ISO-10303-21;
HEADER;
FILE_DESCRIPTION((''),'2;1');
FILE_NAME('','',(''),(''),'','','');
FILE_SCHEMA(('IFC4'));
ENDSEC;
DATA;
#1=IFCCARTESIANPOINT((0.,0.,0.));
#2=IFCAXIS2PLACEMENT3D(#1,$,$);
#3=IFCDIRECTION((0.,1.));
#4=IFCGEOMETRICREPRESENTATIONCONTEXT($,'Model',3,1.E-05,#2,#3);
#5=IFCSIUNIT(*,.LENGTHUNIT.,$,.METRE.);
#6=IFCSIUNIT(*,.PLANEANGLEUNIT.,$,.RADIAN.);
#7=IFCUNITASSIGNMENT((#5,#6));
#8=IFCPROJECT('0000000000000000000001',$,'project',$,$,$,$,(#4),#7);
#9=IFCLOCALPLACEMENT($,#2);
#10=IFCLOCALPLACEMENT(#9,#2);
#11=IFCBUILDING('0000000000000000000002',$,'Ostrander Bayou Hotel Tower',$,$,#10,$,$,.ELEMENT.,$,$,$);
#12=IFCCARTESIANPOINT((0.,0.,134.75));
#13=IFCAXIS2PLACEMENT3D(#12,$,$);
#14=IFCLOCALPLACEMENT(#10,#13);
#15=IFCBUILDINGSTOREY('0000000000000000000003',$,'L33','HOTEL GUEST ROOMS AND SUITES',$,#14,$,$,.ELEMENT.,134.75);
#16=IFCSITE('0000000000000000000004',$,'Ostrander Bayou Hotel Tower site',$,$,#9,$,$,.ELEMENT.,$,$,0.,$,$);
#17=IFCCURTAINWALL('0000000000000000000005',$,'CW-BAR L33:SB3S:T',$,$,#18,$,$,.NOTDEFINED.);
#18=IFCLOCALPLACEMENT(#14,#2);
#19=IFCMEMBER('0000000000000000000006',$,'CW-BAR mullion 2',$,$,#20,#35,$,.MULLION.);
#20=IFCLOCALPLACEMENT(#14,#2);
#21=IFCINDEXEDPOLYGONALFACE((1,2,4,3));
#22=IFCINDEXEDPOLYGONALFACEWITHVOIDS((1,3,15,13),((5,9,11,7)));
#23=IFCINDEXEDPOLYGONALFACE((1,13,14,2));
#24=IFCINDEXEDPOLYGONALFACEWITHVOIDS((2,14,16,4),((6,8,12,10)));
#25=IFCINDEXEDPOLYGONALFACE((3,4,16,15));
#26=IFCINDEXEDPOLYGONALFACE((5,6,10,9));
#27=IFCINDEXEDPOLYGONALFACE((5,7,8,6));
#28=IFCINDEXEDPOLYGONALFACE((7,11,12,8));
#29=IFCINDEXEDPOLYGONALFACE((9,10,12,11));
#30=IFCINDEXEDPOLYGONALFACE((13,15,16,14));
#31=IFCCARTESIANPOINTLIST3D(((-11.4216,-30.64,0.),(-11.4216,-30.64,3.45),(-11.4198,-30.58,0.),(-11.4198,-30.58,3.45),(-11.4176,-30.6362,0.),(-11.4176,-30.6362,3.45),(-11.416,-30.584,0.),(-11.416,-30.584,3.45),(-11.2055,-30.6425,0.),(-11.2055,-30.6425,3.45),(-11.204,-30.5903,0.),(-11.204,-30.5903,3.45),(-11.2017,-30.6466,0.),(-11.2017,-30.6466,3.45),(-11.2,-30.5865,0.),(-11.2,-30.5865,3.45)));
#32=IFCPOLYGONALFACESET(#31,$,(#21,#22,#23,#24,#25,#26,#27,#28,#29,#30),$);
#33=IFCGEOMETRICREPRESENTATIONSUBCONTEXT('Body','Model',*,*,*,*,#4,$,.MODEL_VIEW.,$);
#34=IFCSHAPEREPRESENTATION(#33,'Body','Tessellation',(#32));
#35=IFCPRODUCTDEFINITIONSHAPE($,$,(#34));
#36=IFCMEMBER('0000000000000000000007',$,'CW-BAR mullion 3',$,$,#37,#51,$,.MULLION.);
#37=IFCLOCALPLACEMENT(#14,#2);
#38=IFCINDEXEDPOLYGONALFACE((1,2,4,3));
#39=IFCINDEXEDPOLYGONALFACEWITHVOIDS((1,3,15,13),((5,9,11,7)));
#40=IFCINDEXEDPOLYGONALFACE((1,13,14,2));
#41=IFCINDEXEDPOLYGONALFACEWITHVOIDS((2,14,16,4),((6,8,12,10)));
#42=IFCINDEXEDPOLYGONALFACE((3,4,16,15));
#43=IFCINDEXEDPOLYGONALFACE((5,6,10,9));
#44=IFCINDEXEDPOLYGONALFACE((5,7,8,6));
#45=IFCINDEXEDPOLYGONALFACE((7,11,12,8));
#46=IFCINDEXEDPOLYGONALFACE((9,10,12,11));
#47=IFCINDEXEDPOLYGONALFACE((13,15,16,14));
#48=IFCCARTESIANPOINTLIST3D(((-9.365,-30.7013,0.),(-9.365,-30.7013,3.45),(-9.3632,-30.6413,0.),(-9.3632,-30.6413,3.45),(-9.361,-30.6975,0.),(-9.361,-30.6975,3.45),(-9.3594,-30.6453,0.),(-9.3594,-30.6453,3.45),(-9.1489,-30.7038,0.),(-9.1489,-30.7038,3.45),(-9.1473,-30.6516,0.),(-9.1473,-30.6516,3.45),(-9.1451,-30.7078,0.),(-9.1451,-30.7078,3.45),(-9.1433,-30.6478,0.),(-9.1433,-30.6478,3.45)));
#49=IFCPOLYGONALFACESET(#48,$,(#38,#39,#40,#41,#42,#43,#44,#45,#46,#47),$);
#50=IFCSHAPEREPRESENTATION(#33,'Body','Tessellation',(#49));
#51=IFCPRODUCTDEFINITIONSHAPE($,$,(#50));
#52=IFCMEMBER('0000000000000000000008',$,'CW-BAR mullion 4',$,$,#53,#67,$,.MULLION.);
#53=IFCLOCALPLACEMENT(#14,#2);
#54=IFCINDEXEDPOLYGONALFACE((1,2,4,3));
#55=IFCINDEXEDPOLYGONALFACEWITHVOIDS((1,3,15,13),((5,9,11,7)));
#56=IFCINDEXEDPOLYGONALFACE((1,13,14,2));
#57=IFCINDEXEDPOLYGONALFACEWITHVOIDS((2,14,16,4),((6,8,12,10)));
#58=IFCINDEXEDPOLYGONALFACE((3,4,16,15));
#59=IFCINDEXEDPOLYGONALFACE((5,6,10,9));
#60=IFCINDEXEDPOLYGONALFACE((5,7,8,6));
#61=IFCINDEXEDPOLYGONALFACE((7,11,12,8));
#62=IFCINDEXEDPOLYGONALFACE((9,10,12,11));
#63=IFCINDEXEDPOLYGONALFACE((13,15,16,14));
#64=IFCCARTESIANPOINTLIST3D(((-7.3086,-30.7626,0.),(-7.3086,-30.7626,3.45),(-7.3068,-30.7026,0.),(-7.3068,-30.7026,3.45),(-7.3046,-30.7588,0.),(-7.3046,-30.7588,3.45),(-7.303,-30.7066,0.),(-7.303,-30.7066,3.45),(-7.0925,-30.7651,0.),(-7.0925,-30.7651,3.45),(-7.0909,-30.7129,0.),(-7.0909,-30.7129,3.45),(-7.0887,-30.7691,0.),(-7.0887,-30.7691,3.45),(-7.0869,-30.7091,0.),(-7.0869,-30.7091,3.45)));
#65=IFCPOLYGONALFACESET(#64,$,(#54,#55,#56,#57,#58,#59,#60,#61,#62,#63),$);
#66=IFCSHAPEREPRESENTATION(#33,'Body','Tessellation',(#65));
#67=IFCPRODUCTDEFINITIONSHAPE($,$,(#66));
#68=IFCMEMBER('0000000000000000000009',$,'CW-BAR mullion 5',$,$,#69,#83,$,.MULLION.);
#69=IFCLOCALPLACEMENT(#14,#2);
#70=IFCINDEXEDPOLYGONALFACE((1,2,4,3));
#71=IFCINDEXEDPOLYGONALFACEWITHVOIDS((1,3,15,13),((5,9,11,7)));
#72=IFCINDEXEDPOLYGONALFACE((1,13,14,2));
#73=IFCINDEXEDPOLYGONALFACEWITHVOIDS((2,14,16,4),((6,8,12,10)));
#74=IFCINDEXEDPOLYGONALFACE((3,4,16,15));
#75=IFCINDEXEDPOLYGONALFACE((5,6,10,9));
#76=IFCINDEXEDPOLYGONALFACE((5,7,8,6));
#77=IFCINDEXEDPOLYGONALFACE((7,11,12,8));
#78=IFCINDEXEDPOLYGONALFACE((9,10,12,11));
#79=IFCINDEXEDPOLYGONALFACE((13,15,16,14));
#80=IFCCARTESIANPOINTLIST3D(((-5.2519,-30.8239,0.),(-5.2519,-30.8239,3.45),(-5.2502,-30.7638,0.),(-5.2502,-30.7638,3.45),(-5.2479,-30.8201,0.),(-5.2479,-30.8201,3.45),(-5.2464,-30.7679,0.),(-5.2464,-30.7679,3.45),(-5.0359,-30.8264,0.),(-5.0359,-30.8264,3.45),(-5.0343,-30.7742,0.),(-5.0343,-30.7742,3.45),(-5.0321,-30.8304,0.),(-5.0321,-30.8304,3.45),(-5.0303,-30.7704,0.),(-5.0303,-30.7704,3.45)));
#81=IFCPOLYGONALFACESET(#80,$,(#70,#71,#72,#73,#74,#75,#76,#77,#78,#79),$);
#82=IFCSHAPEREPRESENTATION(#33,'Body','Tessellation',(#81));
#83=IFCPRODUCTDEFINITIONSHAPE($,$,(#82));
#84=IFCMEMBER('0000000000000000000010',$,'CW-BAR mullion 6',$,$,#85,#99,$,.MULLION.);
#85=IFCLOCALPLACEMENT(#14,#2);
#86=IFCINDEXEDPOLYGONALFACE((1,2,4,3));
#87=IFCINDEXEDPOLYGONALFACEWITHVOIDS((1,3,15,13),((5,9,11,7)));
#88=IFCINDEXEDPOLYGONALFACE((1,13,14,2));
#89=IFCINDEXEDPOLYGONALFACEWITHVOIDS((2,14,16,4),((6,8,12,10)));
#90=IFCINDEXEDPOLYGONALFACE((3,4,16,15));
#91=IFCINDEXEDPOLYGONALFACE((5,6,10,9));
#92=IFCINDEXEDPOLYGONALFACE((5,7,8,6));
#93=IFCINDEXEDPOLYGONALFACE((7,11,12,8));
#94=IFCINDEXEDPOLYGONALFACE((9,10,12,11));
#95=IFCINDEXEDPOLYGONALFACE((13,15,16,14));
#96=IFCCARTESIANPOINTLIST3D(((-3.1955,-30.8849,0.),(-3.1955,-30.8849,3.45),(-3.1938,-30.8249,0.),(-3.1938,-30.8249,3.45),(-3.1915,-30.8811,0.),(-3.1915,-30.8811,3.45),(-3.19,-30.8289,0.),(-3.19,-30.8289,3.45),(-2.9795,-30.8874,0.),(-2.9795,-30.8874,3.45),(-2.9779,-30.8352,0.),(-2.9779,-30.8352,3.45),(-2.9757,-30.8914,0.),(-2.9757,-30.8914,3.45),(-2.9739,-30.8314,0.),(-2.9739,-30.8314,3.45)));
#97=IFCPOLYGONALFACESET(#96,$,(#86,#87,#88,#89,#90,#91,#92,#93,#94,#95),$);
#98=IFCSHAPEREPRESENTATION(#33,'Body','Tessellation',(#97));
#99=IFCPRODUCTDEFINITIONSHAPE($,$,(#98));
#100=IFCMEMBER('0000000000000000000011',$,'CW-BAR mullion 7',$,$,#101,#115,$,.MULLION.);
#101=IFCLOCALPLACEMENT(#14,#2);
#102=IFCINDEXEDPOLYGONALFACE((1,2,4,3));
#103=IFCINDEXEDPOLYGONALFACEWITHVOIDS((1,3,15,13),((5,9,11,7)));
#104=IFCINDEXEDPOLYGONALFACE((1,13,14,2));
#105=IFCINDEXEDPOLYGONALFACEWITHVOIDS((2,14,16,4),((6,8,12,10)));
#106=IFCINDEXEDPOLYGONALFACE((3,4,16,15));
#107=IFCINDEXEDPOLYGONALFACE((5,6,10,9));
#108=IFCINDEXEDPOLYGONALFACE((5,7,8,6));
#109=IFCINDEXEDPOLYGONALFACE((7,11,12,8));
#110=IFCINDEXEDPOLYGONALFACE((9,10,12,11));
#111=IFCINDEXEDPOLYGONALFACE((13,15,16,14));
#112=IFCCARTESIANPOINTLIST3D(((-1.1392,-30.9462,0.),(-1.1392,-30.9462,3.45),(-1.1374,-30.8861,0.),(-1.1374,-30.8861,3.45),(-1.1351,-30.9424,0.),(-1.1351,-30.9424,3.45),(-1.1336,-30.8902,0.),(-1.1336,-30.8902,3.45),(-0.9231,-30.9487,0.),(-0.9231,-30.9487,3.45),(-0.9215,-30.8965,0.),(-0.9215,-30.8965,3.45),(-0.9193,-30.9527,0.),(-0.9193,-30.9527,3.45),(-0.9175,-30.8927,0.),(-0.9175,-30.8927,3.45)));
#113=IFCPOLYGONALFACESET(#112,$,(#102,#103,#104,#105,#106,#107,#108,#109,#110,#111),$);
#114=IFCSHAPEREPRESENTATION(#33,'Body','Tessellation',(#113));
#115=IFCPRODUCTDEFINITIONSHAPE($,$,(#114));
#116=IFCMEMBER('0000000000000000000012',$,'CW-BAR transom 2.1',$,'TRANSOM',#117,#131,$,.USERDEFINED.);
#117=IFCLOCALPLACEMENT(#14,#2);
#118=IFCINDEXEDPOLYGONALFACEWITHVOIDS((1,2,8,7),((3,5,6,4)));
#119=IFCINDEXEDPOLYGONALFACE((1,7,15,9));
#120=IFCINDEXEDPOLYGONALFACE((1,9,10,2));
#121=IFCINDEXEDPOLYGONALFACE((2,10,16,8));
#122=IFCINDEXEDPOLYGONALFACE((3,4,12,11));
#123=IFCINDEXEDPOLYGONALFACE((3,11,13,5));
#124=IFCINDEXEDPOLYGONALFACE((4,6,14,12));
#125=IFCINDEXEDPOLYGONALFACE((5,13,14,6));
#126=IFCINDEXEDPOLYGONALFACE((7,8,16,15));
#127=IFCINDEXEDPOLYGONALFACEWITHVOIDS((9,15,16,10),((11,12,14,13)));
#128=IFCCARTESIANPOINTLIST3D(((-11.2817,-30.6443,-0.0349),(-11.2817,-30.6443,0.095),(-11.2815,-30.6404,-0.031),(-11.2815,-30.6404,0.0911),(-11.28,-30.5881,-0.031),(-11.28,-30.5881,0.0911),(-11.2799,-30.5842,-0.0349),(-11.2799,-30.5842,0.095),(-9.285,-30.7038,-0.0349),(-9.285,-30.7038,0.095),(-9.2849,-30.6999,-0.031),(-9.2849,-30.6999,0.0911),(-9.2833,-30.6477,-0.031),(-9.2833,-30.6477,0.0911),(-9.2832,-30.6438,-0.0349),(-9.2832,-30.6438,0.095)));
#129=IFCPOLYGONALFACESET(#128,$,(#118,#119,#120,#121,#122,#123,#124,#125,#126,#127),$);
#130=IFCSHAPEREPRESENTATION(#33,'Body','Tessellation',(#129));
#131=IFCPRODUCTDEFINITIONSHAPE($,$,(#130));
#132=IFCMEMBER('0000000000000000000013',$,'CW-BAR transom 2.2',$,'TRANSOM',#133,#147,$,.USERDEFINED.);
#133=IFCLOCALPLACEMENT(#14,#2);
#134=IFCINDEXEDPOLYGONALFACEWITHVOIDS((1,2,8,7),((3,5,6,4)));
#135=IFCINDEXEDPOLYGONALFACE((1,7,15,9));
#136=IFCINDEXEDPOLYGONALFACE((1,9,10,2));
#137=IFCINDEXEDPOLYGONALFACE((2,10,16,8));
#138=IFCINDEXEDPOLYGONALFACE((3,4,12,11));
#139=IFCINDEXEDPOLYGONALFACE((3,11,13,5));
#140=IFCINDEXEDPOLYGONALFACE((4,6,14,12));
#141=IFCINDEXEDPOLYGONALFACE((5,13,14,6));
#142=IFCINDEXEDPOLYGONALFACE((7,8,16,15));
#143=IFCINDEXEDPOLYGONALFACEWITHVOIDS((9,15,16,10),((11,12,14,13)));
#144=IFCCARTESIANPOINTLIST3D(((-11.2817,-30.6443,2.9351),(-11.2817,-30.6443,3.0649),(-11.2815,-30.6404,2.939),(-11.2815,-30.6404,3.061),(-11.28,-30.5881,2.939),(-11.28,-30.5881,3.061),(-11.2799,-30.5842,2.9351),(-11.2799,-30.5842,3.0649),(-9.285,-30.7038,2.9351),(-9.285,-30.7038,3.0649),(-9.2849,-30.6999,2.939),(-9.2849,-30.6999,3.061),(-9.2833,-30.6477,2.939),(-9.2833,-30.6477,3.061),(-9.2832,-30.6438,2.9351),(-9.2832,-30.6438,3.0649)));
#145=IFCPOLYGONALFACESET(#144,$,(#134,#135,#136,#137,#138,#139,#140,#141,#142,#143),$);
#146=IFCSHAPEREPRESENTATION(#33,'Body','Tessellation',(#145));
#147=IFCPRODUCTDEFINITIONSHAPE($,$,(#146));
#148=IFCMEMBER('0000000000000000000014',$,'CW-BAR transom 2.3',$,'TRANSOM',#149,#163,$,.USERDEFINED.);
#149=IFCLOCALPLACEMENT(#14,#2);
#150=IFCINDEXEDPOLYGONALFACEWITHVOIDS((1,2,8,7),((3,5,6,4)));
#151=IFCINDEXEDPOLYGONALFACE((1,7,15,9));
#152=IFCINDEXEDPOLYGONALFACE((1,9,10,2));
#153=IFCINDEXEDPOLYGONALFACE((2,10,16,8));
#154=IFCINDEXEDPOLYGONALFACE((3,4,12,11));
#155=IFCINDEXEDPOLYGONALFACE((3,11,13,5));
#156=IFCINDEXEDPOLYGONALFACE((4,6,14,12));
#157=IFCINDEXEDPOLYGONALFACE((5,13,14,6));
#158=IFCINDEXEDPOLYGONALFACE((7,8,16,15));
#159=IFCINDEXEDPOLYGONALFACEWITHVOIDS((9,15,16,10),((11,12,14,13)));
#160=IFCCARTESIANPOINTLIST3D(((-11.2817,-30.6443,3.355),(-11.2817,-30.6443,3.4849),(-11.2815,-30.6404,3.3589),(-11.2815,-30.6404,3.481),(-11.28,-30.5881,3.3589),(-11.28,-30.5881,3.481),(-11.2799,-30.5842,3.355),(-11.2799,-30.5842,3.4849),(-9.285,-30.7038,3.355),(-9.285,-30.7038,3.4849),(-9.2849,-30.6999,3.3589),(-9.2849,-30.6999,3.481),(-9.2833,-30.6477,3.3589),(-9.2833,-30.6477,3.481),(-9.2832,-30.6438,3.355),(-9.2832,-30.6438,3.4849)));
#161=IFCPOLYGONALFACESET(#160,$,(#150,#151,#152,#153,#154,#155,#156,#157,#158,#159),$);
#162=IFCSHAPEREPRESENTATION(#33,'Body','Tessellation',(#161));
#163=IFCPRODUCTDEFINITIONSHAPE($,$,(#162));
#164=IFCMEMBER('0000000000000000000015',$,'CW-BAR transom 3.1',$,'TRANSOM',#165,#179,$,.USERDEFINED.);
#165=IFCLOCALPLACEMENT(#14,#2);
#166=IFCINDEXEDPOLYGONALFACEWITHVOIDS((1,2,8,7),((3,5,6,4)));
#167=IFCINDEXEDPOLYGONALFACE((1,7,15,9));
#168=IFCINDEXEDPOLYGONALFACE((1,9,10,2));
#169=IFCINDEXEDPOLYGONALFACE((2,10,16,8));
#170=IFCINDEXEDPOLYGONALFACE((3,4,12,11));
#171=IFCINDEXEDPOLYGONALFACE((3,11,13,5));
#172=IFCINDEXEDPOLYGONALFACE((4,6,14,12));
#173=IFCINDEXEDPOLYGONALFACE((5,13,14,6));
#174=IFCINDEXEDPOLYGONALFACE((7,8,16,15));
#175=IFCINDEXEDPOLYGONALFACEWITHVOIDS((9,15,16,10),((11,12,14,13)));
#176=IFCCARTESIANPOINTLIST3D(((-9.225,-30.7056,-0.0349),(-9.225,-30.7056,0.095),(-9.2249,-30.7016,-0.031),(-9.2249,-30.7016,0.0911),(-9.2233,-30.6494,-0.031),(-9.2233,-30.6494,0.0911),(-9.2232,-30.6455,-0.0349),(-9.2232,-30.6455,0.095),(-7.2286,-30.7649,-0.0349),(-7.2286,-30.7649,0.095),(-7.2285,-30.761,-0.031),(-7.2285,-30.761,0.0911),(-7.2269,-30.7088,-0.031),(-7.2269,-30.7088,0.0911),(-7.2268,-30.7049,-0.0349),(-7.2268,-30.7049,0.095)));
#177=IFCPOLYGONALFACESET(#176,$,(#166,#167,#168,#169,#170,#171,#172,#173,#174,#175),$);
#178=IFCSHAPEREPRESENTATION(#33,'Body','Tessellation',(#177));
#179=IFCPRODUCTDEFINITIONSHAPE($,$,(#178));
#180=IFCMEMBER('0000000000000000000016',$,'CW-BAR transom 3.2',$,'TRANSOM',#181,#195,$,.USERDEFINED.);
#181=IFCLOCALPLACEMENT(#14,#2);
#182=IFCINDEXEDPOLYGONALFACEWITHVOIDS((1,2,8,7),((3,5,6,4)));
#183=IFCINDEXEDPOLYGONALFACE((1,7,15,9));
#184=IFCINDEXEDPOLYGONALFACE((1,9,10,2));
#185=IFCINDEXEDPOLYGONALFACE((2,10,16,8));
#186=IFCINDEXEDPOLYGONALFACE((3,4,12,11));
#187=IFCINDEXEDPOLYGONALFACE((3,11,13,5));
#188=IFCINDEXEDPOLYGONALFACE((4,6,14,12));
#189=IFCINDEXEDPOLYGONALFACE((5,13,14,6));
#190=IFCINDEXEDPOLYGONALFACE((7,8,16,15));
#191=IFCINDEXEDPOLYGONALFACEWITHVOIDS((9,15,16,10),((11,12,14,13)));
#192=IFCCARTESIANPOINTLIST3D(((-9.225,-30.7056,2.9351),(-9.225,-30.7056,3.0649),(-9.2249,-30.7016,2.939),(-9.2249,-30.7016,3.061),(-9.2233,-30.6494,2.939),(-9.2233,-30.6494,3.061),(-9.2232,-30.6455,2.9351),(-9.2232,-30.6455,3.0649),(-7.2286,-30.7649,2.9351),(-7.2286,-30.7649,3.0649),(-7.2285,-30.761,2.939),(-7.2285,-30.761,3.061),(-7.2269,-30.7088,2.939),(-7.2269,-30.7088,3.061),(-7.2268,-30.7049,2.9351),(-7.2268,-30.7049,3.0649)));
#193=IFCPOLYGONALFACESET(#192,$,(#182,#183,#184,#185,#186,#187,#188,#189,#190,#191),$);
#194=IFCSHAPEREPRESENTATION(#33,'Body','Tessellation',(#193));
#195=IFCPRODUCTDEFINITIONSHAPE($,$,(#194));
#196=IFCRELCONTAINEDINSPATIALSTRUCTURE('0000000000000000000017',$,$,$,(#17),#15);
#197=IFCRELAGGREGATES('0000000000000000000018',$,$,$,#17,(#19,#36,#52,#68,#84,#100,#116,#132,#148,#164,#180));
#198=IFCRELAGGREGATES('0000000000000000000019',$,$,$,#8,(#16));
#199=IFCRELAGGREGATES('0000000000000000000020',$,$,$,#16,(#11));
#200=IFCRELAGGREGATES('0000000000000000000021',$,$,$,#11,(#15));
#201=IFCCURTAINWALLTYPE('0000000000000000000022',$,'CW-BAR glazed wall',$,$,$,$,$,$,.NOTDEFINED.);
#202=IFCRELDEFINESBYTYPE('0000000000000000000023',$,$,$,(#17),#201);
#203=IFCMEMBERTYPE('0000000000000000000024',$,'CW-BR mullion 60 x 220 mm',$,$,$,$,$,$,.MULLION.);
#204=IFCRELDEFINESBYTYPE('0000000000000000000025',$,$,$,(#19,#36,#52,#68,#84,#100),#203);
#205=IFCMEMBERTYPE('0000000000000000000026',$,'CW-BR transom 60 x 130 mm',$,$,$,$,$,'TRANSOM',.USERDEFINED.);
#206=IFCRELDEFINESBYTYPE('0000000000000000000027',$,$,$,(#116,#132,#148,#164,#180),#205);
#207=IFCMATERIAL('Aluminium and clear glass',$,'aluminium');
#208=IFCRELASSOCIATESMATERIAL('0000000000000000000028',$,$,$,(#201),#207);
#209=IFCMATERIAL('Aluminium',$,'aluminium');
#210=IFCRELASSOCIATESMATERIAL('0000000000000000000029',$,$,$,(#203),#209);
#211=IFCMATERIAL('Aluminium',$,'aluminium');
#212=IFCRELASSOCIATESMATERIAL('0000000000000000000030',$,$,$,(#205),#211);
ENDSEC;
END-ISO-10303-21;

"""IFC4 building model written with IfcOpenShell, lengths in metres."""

from ifc_helpers import new_model, si_unit, direction, frame, origin, origin_2d, place, context, subcontext, project, spatial, hollow_rectangle, extrude, material, material_profile, profile_set, type_object, element, aggregate, save


model = new_model("IFC4")

# Units and contexts
model_context = context("Model", 3, precision=1e-05, world=origin(), true_north=direction((0.0, 1.0)))
body_context = subcontext(model_context, "Body", "Model", "MODEL_VIEW")
ifc_project = project(units=[si_unit("LENGTHUNIT", "METRE"), si_unit("PLANEANGLEUNIT", "RADIAN")], contexts=[model_context])

# Site, building, storey
site_placement = place(None, origin())
site = spatial("IfcSite", under=ifc_project, at=site_placement, Name="Ostrander Bayou Hotel Tower site", CompositionType="ELEMENT", RefElevation=0.0)
building_placement = place(site_placement, origin())
building = spatial("IfcBuilding", under=site, at=building_placement, Name="Ostrander Bayou Hotel Tower", CompositionType="ELEMENT")
storey_placement = place(building_placement, frame((0.0, 0.0, 134.75)))
storey = spatial("IfcBuildingStorey", under=building, at=storey_placement, Name="L33", Description="HOTEL GUEST ROOMS AND SUITES", CompositionType="ELEMENT", Elevation=134.75)

# Curtain wall, members
ifc_material_1 = material(Name="Aluminium and clear glass", Category="aluminium")
curtain_wall_type = type_object("IfcCurtainWallType", Name="CW-BAR glazed wall", PredefinedType="NOTDEFINED", material=ifc_material_1)
curtain_wall_placement = place(storey_placement, origin())
curtain_wall = element("IfcCurtainWall", 1, at=curtain_wall_placement, inside=storey, type_object=curtain_wall_type, Name="CW-BAR L33:SB3S:T", PredefinedType="NOTDEFINED")
ifc_material_2 = material(Name="Aluminium", Category="aluminium")
ifc_material_profile_1 = material_profile(ifc_material_2, hollow_rectangle(XDim=0.0601, YDim=0.22, WallThickness=0.0039, at=origin_2d()))
ifc_profile_set_1 = profile_set([ifc_material_profile_1], Name="Aluminium")
member_type_1 = type_object("IfcMemberType", Name="CW-BR mullion 60 x 220 mm", PredefinedType="MULLION", material=ifc_profile_set_1)
member_1_placement = place(storey_placement, frame((-11.3108, -30.6133, 0.0), z_axis=(0.0, 0.0, 1.0), x_axis=(0.029746, 0.999557, 0.0)))
member_1 = element("IfcMember", 2, at=member_1_placement, type_object=member_type_1, Name="CW-BAR mullion 2", PredefinedType="MULLION", context=body_context, shape_type="SweptSolid", body=[
    extrude(hollow_rectangle(XDim=0.0601, YDim=0.22, WallThickness=0.0039, at=origin_2d()), origin(), (0.0, 0.0, 1.0), 3.45),
])
member_2_placement = place(storey_placement, frame((-9.2542, -30.6746, 0.0), z_axis=(0.0, 0.0, 1.0), x_axis=(0.029746, 0.999557, 0.0)))
member_2 = element("IfcMember", 3, at=member_2_placement, type_object=member_type_1, Name="CW-BAR mullion 3", PredefinedType="MULLION", context=body_context, shape_type="SweptSolid", body=[
    extrude(hollow_rectangle(XDim=0.0601, YDim=0.22, WallThickness=0.0039, at=origin_2d()), origin(), (0.0, 0.0, 1.0), 3.45),
])
member_3_placement = place(storey_placement, frame((-7.1978, -30.7358, 0.0), z_axis=(0.0, 0.0, 1.0), x_axis=(0.029746, 0.999557, 0.0)))
member_3 = element("IfcMember", 4, at=member_3_placement, type_object=member_type_1, Name="CW-BAR mullion 4", PredefinedType="MULLION", context=body_context, shape_type="SweptSolid", body=[
    extrude(hollow_rectangle(XDim=0.0601, YDim=0.22, WallThickness=0.0039, at=origin_2d()), origin(), (0.0, 0.0, 1.0), 3.45),
])
member_4_placement = place(storey_placement, frame((-5.1411, -30.7971, 0.0), z_axis=(0.0, 0.0, 1.0), x_axis=(0.029746, 0.999557, 0.0)))
member_4 = element("IfcMember", 5, at=member_4_placement, type_object=member_type_1, Name="CW-BAR mullion 5", PredefinedType="MULLION", context=body_context, shape_type="SweptSolid", body=[
    extrude(hollow_rectangle(XDim=0.0601, YDim=0.22, WallThickness=0.0039, at=origin_2d()), origin(), (0.0, 0.0, 1.0), 3.45),
])
member_5_placement = place(storey_placement, frame((-3.0847, -30.8582, 0.0), z_axis=(0.0, 0.0, 1.0), x_axis=(0.029746, 0.999557, 0.0)))
member_5 = element("IfcMember", 6, at=member_5_placement, type_object=member_type_1, Name="CW-BAR mullion 6", PredefinedType="MULLION", context=body_context, shape_type="SweptSolid", body=[
    extrude(hollow_rectangle(XDim=0.0601, YDim=0.22, WallThickness=0.0039, at=origin_2d()), origin(), (0.0, 0.0, 1.0), 3.45),
])
member_6_placement = place(storey_placement, frame((-1.0283, -30.9194, 0.0), z_axis=(0.0, 0.0, 1.0), x_axis=(0.029746, 0.999557, 0.0)))
member_6 = element("IfcMember", 7, at=member_6_placement, type_object=member_type_1, Name="CW-BAR mullion 7", PredefinedType="MULLION", context=body_context, shape_type="SweptSolid", body=[
    extrude(hollow_rectangle(XDim=0.0601, YDim=0.22, WallThickness=0.0039, at=origin_2d()), origin(), (0.0, 0.0, 1.0), 3.45),
])
ifc_material_3 = material(Name="Aluminium", Category="aluminium")
ifc_material_profile_2 = material_profile(ifc_material_3, hollow_rectangle(XDim=0.0601, YDim=0.1299, WallThickness=0.0039, at=origin_2d()))
ifc_profile_set_2 = profile_set([ifc_material_profile_2], Name="Aluminium")
member_type_2 = type_object("IfcMemberType", Name="CW-BR transom 60 x 130 mm", ElementType="TRANSOM", PredefinedType="USERDEFINED", material=ifc_profile_set_2)
member_7_placement = place(storey_placement, frame((-11.2808, -30.6143, 0.03), z_axis=(0.999555, -0.029823, 0.0), x_axis=(0.029823, 0.999555, 0.0)))
member_7 = element("IfcMember", 8, at=member_7_placement, type_object=member_type_2, Name="CW-BAR transom 2.1", ObjectType="TRANSOM", PredefinedType="USERDEFINED", context=body_context, shape_type="SweptSolid", body=[
    extrude(hollow_rectangle(XDim=0.0601, YDim=0.1299, WallThickness=0.0039, at=origin_2d()), origin(), (0.0, 0.0, 1.0), 1.9976),
])
member_8_placement = place(storey_placement, frame((-11.2808, -30.6143, 3.0), z_axis=(0.999555, -0.029823, 0.0), x_axis=(0.029823, 0.999555, 0.0)))
member_8 = element("IfcMember", 9, at=member_8_placement, type_object=member_type_2, Name="CW-BAR transom 2.2", ObjectType="TRANSOM", PredefinedType="USERDEFINED", context=body_context, shape_type="SweptSolid", body=[
    extrude(hollow_rectangle(XDim=0.0601, YDim=0.1299, WallThickness=0.0039, at=origin_2d()), origin(), (0.0, 0.0, 1.0), 1.9976),
])
member_9_placement = place(storey_placement, frame((-11.2808, -30.6143, 3.4199), z_axis=(0.999555, -0.029823, 0.0), x_axis=(0.029823, 0.999555, 0.0)))
member_9 = element("IfcMember", 10, at=member_9_placement, type_object=member_type_2, Name="CW-BAR transom 2.3", ObjectType="TRANSOM", PredefinedType="USERDEFINED", context=body_context, shape_type="SweptSolid", body=[
    extrude(hollow_rectangle(XDim=0.0601, YDim=0.1299, WallThickness=0.0039, at=origin_2d()), origin(), (0.0, 0.0, 1.0), 1.9976),
])
member_10_placement = place(storey_placement, frame((-9.2241, -30.6755, 0.03), z_axis=(0.999559, -0.029704, 0.0), x_axis=(0.029704, 0.999559, 0.0)))
member_10 = element("IfcMember", 11, at=member_10_placement, type_object=member_type_2, Name="CW-BAR transom 3.1", ObjectType="TRANSOM", PredefinedType="USERDEFINED", context=body_context, shape_type="SweptSolid", body=[
    extrude(hollow_rectangle(XDim=0.0601, YDim=0.1299, WallThickness=0.0039, at=origin_2d()), origin(), (0.0, 0.0, 1.0), 1.9973),
])
member_11_placement = place(storey_placement, frame((-9.2241, -30.6755, 3.0), z_axis=(0.999559, -0.029704, 0.0), x_axis=(0.029704, 0.999559, 0.0)))
member_11 = element("IfcMember", 12, at=member_11_placement, type_object=member_type_2, Name="CW-BAR transom 3.2", ObjectType="TRANSOM", PredefinedType="USERDEFINED", context=body_context, shape_type="SweptSolid", body=[
    extrude(hollow_rectangle(XDim=0.0601, YDim=0.1299, WallThickness=0.0039, at=origin_2d()), origin(), (0.0, 0.0, 1.0), 1.9973),
])
aggregate(curtain_wall, [member_1, member_2, member_3, member_4, member_5, member_6, member_7, member_8, member_9, member_10, member_11])

save(model, "model.ifc")
